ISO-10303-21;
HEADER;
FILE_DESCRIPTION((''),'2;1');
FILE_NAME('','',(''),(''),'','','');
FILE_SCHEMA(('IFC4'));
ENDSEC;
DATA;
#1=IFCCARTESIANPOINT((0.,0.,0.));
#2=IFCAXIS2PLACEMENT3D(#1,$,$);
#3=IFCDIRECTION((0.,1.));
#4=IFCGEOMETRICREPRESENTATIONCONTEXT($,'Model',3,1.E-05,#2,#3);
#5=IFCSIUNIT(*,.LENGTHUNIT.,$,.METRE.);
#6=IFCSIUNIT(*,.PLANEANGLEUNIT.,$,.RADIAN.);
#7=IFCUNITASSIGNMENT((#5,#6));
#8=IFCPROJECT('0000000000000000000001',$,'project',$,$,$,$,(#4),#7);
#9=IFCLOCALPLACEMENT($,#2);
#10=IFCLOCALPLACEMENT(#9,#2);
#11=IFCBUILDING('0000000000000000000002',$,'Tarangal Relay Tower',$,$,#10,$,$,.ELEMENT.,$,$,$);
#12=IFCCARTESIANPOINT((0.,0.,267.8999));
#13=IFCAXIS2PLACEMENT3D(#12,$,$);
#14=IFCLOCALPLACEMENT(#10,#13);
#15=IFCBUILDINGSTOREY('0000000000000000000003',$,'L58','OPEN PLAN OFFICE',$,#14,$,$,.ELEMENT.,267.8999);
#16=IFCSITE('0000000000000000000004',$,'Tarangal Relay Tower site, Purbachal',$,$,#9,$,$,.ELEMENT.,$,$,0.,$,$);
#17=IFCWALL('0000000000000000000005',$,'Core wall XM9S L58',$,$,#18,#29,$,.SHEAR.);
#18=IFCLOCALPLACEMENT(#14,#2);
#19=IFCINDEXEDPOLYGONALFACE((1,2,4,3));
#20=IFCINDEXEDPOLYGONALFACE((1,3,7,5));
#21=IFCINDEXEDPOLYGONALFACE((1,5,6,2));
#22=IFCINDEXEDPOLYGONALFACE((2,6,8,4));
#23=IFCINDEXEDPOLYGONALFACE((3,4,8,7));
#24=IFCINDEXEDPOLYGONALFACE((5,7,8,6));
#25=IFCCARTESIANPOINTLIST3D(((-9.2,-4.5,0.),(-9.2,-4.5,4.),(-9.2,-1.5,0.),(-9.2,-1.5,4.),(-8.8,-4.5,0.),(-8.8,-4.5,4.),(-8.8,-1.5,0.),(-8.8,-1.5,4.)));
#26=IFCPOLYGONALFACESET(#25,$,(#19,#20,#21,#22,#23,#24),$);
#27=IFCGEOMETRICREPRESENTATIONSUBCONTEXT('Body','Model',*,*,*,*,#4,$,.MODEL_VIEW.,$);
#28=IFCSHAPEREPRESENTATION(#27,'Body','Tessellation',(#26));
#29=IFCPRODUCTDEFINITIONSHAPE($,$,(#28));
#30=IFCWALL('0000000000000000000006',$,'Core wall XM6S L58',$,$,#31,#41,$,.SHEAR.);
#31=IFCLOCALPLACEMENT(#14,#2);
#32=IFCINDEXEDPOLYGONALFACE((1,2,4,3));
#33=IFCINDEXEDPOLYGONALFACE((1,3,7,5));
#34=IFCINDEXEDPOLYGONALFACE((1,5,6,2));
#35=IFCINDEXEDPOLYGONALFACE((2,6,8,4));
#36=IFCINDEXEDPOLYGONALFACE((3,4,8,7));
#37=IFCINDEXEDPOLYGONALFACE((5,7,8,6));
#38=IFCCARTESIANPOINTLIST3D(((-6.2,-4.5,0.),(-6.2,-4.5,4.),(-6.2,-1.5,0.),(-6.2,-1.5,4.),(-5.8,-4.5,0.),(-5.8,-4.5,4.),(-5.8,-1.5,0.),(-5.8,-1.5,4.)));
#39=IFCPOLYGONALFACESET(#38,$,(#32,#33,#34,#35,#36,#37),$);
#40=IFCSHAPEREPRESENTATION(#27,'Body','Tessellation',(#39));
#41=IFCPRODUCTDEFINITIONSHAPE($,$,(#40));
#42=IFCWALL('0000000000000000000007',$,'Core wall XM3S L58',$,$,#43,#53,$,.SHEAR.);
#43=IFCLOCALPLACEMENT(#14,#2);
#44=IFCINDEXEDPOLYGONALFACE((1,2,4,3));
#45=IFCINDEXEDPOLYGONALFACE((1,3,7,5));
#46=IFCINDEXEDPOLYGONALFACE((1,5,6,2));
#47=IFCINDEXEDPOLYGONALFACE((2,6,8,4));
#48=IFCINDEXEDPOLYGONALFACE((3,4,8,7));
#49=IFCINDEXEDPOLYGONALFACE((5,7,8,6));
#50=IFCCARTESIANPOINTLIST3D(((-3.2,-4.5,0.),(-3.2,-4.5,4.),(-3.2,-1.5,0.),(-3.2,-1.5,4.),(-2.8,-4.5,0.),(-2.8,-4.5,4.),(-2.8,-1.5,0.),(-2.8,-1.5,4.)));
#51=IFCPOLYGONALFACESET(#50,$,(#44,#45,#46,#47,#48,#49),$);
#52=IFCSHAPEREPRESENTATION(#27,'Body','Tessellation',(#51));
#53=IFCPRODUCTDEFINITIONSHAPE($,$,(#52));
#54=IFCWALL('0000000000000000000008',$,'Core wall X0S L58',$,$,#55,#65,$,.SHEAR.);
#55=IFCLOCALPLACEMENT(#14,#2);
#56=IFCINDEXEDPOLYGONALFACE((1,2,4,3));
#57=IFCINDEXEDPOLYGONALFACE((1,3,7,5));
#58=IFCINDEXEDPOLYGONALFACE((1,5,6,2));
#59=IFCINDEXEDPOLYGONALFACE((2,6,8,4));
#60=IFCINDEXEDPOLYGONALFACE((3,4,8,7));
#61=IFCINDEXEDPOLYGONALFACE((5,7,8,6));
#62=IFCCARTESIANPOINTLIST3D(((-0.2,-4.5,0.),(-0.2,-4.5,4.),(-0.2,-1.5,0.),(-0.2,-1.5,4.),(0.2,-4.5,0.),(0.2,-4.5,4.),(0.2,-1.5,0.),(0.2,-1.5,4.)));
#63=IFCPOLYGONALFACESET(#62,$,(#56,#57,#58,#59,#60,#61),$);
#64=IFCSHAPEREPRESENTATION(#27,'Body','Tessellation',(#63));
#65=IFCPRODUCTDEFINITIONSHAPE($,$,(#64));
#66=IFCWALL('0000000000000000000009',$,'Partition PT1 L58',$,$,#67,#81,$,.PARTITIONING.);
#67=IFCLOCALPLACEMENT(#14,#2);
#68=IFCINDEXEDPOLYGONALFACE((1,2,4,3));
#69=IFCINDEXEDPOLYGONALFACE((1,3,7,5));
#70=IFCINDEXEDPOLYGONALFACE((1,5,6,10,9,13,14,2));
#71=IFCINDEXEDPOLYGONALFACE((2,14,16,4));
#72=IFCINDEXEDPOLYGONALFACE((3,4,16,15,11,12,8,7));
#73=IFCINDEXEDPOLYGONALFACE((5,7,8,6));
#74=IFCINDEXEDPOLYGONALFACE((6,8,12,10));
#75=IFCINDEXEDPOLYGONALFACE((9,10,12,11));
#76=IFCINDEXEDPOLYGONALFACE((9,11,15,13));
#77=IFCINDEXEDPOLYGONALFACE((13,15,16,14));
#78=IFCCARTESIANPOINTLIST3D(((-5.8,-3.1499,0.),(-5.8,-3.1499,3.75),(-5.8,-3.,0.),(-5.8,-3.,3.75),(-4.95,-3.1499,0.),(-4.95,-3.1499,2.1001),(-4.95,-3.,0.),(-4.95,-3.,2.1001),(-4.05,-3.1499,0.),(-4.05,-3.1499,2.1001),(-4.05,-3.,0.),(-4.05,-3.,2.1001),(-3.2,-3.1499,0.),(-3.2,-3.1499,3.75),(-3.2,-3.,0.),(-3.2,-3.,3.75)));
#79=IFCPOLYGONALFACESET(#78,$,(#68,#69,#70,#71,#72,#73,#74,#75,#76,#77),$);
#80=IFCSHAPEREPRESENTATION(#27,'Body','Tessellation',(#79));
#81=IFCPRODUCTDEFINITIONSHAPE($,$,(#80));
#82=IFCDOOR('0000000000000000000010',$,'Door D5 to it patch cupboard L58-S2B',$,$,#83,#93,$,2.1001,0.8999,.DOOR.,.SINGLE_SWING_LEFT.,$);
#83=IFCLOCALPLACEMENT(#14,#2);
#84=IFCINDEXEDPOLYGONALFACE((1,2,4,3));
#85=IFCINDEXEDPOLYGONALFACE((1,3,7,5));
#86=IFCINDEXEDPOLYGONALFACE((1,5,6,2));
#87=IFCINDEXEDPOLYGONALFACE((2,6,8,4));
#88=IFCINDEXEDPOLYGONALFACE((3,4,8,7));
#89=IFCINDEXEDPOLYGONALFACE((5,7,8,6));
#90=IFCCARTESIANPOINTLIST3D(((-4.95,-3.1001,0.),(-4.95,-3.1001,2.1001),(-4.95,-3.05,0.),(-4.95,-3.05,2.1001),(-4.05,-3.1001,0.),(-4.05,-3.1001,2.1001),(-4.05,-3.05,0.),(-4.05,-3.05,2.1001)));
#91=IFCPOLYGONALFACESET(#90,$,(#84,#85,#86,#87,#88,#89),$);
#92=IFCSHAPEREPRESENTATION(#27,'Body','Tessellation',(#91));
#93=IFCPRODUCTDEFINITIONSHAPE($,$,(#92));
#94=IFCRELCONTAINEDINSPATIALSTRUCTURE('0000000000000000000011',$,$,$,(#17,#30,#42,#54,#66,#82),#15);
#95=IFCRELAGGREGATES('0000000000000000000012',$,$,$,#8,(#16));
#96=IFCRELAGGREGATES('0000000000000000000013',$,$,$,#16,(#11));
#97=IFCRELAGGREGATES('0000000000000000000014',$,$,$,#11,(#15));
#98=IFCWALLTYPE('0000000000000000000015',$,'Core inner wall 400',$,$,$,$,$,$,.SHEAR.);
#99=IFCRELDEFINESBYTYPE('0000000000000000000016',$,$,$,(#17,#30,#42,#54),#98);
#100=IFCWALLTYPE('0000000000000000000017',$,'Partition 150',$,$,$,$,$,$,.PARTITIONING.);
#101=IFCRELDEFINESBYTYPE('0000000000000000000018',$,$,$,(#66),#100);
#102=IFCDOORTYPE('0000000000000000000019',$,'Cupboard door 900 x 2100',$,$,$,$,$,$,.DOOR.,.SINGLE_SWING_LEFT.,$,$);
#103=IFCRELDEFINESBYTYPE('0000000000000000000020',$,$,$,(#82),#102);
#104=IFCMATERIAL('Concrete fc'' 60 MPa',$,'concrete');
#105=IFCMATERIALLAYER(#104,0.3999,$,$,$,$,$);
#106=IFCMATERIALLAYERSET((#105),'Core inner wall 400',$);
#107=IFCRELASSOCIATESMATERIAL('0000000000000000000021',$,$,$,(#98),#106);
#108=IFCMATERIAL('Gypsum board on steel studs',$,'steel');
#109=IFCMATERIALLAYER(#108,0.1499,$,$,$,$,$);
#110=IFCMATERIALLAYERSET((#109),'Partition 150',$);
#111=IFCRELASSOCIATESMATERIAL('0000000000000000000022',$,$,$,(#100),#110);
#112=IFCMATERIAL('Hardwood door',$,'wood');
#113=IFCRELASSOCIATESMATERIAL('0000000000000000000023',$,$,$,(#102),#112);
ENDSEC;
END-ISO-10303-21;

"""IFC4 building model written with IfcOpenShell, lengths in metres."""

from ifc_helpers import new_model, si_unit, direction, frame, frame_2d, origin, place, context, subcontext, project, spatial, rectangle, extrude, material, layer, layer_set, type_object, element, fill, save


model = new_model("IFC4")

# Units and contexts
model_context = context("Model", 3, precision=1e-05, world=origin(), true_north=direction((0.0, 1.0)))
body_context = subcontext(model_context, "Body", "Model", "MODEL_VIEW")
ifc_project = project(units=[si_unit("LENGTHUNIT", "METRE"), si_unit("PLANEANGLEUNIT", "RADIAN")], contexts=[model_context])

# Site, building, storey
site_placement = place(None, origin())
site = spatial("IfcSite", under=ifc_project, at=site_placement, Name="Tarangal Relay Tower site, Purbachal", CompositionType="ELEMENT", RefElevation=0.0)
building_placement = place(site_placement, origin())
building = spatial("IfcBuilding", under=site, at=building_placement, Name="Tarangal Relay Tower", CompositionType="ELEMENT")
storey_placement = place(building_placement, frame((0.0, 0.0, 267.8999)))
storey = spatial("IfcBuildingStorey", under=building, at=storey_placement, Name="L58", Description="OPEN PLAN OFFICE", CompositionType="ELEMENT", Elevation=267.8999)

# Shared definitions
ifc_material_1 = material(Name="Concrete fc' 60 MPa", Category="concrete")
ifc_layer_1 = layer(ifc_material_1, 0.3999)
ifc_layer_set_1 = layer_set([ifc_layer_1], Name="Core inner wall 400")
wall_type_1 = type_object("IfcWallType", Name="Core inner wall 400", PredefinedType="SHEAR", material=ifc_layer_set_1)

# Shared definitions
ifc_material_2 = material(Name="Hardwood door", Category="wood")

# Walls
for number, where, z_axis, x_axis, name in (
    (1, (-9.0, -4.5, 0.0), (0.0, 0.0, 1.0), (0.0, 1.0, 0.0), "Core wall XM9S L58"),
    (2, (-6.0, -4.5, 0.0), (0.0, 0.0, 1.0), (0.0, 1.0, 0.0), "Core wall XM6S L58"),
    (3, (-3.0, -4.5, 0.0), (0.0, 0.0, 1.0), (0.0, 1.0, 0.0), "Core wall XM3S L58"),
    (4, (0.0, -4.5, 0.0), (0.0, 0.0, 1.0), (0.0, 1.0, 0.0), "Core wall X0S L58"),
):
    element("IfcWall", number, at=place(storey_placement, frame(where, z_axis=z_axis, x_axis=x_axis)), inside=storey, type_object=wall_type_1, Name=name, PredefinedType="SHEAR", context=body_context, shape_type="SweptSolid", body=[
        extrude(rectangle(XDim=3.0, YDim=0.3999, at=frame_2d((1.5, 0.0))), origin(), (0.0, 0.0, 1.0), 4.0),
    ])

# Wall, opening, door
ifc_material_3 = material(Name="Gypsum board on steel studs", Category="steel")
ifc_layer_2 = layer(ifc_material_3, 0.1499)
ifc_layer_set_2 = layer_set([ifc_layer_2], Name="Partition 150")
wall_type_2 = type_object("IfcWallType", Name="Partition 150", PredefinedType="PARTITIONING", material=ifc_layer_set_2)
wall_1_placement = place(storey_placement, frame((-5.8, -3.075, 0.0), z_axis=(0.0, 0.0, 1.0), x_axis=(1.0, 0.0, 0.0)))
wall_1 = element("IfcWall", 5, at=wall_1_placement, inside=storey, type_object=wall_type_2, Name="Partition PT1 L58", PredefinedType="PARTITIONING", context=body_context, shape_type="SweptSolid", body=[
    extrude(rectangle(XDim=2.6001, YDim=0.1499, at=frame_2d((1.3, 0.0))), origin(), (0.0, 0.0, 1.0), 3.75),
])
opening_1_placement = place(wall_1_placement, frame((0.8501, 0.0, 0.0)))
opening_1 = element("IfcOpeningElement", 6, at=opening_1_placement, cuts=wall_1, PredefinedType="OPENING", context=body_context, shape_type="SweptSolid", body=[
    extrude(rectangle(XDim=0.8999, YDim=2.1001, at=frame_2d((0.45, 1.05))), frame((0.0, 0.085, 0.0), z_axis=(0.0, -1.0, 0.0), x_axis=(1.0, 0.0, 0.0)), (0.0, 0.0, 1.0), 0.1699),
])
door_type_1 = type_object("IfcDoorType", Name="Cupboard door 900 x 2100", OperationType="SINGLE_SWING_LEFT", PredefinedType="DOOR", material=ifc_material_2)
door_1_placement = place(opening_1_placement, origin())
door_1 = element("IfcDoor", 7, at=door_1_placement, inside=storey, type_object=door_type_1, Name="Door D5 to it patch cupboard L58-S2B", OperationType="SINGLE_SWING_LEFT", OverallHeight=2.1001, OverallWidth=0.8999, PredefinedType="DOOR", context=body_context, shape_type="SweptSolid", body=[
    extrude(rectangle(XDim=0.8999, YDim=2.1001, at=frame_2d((0.45, 1.05))), frame((0.0, 0.0249, 0.0), z_axis=(0.0, -1.0, 0.0), x_axis=(1.0, 0.0, 0.0)), (0.0, 0.0, 1.0), 0.05),
])
fill(opening_1, door_1)

save(model, "model.ifc")
